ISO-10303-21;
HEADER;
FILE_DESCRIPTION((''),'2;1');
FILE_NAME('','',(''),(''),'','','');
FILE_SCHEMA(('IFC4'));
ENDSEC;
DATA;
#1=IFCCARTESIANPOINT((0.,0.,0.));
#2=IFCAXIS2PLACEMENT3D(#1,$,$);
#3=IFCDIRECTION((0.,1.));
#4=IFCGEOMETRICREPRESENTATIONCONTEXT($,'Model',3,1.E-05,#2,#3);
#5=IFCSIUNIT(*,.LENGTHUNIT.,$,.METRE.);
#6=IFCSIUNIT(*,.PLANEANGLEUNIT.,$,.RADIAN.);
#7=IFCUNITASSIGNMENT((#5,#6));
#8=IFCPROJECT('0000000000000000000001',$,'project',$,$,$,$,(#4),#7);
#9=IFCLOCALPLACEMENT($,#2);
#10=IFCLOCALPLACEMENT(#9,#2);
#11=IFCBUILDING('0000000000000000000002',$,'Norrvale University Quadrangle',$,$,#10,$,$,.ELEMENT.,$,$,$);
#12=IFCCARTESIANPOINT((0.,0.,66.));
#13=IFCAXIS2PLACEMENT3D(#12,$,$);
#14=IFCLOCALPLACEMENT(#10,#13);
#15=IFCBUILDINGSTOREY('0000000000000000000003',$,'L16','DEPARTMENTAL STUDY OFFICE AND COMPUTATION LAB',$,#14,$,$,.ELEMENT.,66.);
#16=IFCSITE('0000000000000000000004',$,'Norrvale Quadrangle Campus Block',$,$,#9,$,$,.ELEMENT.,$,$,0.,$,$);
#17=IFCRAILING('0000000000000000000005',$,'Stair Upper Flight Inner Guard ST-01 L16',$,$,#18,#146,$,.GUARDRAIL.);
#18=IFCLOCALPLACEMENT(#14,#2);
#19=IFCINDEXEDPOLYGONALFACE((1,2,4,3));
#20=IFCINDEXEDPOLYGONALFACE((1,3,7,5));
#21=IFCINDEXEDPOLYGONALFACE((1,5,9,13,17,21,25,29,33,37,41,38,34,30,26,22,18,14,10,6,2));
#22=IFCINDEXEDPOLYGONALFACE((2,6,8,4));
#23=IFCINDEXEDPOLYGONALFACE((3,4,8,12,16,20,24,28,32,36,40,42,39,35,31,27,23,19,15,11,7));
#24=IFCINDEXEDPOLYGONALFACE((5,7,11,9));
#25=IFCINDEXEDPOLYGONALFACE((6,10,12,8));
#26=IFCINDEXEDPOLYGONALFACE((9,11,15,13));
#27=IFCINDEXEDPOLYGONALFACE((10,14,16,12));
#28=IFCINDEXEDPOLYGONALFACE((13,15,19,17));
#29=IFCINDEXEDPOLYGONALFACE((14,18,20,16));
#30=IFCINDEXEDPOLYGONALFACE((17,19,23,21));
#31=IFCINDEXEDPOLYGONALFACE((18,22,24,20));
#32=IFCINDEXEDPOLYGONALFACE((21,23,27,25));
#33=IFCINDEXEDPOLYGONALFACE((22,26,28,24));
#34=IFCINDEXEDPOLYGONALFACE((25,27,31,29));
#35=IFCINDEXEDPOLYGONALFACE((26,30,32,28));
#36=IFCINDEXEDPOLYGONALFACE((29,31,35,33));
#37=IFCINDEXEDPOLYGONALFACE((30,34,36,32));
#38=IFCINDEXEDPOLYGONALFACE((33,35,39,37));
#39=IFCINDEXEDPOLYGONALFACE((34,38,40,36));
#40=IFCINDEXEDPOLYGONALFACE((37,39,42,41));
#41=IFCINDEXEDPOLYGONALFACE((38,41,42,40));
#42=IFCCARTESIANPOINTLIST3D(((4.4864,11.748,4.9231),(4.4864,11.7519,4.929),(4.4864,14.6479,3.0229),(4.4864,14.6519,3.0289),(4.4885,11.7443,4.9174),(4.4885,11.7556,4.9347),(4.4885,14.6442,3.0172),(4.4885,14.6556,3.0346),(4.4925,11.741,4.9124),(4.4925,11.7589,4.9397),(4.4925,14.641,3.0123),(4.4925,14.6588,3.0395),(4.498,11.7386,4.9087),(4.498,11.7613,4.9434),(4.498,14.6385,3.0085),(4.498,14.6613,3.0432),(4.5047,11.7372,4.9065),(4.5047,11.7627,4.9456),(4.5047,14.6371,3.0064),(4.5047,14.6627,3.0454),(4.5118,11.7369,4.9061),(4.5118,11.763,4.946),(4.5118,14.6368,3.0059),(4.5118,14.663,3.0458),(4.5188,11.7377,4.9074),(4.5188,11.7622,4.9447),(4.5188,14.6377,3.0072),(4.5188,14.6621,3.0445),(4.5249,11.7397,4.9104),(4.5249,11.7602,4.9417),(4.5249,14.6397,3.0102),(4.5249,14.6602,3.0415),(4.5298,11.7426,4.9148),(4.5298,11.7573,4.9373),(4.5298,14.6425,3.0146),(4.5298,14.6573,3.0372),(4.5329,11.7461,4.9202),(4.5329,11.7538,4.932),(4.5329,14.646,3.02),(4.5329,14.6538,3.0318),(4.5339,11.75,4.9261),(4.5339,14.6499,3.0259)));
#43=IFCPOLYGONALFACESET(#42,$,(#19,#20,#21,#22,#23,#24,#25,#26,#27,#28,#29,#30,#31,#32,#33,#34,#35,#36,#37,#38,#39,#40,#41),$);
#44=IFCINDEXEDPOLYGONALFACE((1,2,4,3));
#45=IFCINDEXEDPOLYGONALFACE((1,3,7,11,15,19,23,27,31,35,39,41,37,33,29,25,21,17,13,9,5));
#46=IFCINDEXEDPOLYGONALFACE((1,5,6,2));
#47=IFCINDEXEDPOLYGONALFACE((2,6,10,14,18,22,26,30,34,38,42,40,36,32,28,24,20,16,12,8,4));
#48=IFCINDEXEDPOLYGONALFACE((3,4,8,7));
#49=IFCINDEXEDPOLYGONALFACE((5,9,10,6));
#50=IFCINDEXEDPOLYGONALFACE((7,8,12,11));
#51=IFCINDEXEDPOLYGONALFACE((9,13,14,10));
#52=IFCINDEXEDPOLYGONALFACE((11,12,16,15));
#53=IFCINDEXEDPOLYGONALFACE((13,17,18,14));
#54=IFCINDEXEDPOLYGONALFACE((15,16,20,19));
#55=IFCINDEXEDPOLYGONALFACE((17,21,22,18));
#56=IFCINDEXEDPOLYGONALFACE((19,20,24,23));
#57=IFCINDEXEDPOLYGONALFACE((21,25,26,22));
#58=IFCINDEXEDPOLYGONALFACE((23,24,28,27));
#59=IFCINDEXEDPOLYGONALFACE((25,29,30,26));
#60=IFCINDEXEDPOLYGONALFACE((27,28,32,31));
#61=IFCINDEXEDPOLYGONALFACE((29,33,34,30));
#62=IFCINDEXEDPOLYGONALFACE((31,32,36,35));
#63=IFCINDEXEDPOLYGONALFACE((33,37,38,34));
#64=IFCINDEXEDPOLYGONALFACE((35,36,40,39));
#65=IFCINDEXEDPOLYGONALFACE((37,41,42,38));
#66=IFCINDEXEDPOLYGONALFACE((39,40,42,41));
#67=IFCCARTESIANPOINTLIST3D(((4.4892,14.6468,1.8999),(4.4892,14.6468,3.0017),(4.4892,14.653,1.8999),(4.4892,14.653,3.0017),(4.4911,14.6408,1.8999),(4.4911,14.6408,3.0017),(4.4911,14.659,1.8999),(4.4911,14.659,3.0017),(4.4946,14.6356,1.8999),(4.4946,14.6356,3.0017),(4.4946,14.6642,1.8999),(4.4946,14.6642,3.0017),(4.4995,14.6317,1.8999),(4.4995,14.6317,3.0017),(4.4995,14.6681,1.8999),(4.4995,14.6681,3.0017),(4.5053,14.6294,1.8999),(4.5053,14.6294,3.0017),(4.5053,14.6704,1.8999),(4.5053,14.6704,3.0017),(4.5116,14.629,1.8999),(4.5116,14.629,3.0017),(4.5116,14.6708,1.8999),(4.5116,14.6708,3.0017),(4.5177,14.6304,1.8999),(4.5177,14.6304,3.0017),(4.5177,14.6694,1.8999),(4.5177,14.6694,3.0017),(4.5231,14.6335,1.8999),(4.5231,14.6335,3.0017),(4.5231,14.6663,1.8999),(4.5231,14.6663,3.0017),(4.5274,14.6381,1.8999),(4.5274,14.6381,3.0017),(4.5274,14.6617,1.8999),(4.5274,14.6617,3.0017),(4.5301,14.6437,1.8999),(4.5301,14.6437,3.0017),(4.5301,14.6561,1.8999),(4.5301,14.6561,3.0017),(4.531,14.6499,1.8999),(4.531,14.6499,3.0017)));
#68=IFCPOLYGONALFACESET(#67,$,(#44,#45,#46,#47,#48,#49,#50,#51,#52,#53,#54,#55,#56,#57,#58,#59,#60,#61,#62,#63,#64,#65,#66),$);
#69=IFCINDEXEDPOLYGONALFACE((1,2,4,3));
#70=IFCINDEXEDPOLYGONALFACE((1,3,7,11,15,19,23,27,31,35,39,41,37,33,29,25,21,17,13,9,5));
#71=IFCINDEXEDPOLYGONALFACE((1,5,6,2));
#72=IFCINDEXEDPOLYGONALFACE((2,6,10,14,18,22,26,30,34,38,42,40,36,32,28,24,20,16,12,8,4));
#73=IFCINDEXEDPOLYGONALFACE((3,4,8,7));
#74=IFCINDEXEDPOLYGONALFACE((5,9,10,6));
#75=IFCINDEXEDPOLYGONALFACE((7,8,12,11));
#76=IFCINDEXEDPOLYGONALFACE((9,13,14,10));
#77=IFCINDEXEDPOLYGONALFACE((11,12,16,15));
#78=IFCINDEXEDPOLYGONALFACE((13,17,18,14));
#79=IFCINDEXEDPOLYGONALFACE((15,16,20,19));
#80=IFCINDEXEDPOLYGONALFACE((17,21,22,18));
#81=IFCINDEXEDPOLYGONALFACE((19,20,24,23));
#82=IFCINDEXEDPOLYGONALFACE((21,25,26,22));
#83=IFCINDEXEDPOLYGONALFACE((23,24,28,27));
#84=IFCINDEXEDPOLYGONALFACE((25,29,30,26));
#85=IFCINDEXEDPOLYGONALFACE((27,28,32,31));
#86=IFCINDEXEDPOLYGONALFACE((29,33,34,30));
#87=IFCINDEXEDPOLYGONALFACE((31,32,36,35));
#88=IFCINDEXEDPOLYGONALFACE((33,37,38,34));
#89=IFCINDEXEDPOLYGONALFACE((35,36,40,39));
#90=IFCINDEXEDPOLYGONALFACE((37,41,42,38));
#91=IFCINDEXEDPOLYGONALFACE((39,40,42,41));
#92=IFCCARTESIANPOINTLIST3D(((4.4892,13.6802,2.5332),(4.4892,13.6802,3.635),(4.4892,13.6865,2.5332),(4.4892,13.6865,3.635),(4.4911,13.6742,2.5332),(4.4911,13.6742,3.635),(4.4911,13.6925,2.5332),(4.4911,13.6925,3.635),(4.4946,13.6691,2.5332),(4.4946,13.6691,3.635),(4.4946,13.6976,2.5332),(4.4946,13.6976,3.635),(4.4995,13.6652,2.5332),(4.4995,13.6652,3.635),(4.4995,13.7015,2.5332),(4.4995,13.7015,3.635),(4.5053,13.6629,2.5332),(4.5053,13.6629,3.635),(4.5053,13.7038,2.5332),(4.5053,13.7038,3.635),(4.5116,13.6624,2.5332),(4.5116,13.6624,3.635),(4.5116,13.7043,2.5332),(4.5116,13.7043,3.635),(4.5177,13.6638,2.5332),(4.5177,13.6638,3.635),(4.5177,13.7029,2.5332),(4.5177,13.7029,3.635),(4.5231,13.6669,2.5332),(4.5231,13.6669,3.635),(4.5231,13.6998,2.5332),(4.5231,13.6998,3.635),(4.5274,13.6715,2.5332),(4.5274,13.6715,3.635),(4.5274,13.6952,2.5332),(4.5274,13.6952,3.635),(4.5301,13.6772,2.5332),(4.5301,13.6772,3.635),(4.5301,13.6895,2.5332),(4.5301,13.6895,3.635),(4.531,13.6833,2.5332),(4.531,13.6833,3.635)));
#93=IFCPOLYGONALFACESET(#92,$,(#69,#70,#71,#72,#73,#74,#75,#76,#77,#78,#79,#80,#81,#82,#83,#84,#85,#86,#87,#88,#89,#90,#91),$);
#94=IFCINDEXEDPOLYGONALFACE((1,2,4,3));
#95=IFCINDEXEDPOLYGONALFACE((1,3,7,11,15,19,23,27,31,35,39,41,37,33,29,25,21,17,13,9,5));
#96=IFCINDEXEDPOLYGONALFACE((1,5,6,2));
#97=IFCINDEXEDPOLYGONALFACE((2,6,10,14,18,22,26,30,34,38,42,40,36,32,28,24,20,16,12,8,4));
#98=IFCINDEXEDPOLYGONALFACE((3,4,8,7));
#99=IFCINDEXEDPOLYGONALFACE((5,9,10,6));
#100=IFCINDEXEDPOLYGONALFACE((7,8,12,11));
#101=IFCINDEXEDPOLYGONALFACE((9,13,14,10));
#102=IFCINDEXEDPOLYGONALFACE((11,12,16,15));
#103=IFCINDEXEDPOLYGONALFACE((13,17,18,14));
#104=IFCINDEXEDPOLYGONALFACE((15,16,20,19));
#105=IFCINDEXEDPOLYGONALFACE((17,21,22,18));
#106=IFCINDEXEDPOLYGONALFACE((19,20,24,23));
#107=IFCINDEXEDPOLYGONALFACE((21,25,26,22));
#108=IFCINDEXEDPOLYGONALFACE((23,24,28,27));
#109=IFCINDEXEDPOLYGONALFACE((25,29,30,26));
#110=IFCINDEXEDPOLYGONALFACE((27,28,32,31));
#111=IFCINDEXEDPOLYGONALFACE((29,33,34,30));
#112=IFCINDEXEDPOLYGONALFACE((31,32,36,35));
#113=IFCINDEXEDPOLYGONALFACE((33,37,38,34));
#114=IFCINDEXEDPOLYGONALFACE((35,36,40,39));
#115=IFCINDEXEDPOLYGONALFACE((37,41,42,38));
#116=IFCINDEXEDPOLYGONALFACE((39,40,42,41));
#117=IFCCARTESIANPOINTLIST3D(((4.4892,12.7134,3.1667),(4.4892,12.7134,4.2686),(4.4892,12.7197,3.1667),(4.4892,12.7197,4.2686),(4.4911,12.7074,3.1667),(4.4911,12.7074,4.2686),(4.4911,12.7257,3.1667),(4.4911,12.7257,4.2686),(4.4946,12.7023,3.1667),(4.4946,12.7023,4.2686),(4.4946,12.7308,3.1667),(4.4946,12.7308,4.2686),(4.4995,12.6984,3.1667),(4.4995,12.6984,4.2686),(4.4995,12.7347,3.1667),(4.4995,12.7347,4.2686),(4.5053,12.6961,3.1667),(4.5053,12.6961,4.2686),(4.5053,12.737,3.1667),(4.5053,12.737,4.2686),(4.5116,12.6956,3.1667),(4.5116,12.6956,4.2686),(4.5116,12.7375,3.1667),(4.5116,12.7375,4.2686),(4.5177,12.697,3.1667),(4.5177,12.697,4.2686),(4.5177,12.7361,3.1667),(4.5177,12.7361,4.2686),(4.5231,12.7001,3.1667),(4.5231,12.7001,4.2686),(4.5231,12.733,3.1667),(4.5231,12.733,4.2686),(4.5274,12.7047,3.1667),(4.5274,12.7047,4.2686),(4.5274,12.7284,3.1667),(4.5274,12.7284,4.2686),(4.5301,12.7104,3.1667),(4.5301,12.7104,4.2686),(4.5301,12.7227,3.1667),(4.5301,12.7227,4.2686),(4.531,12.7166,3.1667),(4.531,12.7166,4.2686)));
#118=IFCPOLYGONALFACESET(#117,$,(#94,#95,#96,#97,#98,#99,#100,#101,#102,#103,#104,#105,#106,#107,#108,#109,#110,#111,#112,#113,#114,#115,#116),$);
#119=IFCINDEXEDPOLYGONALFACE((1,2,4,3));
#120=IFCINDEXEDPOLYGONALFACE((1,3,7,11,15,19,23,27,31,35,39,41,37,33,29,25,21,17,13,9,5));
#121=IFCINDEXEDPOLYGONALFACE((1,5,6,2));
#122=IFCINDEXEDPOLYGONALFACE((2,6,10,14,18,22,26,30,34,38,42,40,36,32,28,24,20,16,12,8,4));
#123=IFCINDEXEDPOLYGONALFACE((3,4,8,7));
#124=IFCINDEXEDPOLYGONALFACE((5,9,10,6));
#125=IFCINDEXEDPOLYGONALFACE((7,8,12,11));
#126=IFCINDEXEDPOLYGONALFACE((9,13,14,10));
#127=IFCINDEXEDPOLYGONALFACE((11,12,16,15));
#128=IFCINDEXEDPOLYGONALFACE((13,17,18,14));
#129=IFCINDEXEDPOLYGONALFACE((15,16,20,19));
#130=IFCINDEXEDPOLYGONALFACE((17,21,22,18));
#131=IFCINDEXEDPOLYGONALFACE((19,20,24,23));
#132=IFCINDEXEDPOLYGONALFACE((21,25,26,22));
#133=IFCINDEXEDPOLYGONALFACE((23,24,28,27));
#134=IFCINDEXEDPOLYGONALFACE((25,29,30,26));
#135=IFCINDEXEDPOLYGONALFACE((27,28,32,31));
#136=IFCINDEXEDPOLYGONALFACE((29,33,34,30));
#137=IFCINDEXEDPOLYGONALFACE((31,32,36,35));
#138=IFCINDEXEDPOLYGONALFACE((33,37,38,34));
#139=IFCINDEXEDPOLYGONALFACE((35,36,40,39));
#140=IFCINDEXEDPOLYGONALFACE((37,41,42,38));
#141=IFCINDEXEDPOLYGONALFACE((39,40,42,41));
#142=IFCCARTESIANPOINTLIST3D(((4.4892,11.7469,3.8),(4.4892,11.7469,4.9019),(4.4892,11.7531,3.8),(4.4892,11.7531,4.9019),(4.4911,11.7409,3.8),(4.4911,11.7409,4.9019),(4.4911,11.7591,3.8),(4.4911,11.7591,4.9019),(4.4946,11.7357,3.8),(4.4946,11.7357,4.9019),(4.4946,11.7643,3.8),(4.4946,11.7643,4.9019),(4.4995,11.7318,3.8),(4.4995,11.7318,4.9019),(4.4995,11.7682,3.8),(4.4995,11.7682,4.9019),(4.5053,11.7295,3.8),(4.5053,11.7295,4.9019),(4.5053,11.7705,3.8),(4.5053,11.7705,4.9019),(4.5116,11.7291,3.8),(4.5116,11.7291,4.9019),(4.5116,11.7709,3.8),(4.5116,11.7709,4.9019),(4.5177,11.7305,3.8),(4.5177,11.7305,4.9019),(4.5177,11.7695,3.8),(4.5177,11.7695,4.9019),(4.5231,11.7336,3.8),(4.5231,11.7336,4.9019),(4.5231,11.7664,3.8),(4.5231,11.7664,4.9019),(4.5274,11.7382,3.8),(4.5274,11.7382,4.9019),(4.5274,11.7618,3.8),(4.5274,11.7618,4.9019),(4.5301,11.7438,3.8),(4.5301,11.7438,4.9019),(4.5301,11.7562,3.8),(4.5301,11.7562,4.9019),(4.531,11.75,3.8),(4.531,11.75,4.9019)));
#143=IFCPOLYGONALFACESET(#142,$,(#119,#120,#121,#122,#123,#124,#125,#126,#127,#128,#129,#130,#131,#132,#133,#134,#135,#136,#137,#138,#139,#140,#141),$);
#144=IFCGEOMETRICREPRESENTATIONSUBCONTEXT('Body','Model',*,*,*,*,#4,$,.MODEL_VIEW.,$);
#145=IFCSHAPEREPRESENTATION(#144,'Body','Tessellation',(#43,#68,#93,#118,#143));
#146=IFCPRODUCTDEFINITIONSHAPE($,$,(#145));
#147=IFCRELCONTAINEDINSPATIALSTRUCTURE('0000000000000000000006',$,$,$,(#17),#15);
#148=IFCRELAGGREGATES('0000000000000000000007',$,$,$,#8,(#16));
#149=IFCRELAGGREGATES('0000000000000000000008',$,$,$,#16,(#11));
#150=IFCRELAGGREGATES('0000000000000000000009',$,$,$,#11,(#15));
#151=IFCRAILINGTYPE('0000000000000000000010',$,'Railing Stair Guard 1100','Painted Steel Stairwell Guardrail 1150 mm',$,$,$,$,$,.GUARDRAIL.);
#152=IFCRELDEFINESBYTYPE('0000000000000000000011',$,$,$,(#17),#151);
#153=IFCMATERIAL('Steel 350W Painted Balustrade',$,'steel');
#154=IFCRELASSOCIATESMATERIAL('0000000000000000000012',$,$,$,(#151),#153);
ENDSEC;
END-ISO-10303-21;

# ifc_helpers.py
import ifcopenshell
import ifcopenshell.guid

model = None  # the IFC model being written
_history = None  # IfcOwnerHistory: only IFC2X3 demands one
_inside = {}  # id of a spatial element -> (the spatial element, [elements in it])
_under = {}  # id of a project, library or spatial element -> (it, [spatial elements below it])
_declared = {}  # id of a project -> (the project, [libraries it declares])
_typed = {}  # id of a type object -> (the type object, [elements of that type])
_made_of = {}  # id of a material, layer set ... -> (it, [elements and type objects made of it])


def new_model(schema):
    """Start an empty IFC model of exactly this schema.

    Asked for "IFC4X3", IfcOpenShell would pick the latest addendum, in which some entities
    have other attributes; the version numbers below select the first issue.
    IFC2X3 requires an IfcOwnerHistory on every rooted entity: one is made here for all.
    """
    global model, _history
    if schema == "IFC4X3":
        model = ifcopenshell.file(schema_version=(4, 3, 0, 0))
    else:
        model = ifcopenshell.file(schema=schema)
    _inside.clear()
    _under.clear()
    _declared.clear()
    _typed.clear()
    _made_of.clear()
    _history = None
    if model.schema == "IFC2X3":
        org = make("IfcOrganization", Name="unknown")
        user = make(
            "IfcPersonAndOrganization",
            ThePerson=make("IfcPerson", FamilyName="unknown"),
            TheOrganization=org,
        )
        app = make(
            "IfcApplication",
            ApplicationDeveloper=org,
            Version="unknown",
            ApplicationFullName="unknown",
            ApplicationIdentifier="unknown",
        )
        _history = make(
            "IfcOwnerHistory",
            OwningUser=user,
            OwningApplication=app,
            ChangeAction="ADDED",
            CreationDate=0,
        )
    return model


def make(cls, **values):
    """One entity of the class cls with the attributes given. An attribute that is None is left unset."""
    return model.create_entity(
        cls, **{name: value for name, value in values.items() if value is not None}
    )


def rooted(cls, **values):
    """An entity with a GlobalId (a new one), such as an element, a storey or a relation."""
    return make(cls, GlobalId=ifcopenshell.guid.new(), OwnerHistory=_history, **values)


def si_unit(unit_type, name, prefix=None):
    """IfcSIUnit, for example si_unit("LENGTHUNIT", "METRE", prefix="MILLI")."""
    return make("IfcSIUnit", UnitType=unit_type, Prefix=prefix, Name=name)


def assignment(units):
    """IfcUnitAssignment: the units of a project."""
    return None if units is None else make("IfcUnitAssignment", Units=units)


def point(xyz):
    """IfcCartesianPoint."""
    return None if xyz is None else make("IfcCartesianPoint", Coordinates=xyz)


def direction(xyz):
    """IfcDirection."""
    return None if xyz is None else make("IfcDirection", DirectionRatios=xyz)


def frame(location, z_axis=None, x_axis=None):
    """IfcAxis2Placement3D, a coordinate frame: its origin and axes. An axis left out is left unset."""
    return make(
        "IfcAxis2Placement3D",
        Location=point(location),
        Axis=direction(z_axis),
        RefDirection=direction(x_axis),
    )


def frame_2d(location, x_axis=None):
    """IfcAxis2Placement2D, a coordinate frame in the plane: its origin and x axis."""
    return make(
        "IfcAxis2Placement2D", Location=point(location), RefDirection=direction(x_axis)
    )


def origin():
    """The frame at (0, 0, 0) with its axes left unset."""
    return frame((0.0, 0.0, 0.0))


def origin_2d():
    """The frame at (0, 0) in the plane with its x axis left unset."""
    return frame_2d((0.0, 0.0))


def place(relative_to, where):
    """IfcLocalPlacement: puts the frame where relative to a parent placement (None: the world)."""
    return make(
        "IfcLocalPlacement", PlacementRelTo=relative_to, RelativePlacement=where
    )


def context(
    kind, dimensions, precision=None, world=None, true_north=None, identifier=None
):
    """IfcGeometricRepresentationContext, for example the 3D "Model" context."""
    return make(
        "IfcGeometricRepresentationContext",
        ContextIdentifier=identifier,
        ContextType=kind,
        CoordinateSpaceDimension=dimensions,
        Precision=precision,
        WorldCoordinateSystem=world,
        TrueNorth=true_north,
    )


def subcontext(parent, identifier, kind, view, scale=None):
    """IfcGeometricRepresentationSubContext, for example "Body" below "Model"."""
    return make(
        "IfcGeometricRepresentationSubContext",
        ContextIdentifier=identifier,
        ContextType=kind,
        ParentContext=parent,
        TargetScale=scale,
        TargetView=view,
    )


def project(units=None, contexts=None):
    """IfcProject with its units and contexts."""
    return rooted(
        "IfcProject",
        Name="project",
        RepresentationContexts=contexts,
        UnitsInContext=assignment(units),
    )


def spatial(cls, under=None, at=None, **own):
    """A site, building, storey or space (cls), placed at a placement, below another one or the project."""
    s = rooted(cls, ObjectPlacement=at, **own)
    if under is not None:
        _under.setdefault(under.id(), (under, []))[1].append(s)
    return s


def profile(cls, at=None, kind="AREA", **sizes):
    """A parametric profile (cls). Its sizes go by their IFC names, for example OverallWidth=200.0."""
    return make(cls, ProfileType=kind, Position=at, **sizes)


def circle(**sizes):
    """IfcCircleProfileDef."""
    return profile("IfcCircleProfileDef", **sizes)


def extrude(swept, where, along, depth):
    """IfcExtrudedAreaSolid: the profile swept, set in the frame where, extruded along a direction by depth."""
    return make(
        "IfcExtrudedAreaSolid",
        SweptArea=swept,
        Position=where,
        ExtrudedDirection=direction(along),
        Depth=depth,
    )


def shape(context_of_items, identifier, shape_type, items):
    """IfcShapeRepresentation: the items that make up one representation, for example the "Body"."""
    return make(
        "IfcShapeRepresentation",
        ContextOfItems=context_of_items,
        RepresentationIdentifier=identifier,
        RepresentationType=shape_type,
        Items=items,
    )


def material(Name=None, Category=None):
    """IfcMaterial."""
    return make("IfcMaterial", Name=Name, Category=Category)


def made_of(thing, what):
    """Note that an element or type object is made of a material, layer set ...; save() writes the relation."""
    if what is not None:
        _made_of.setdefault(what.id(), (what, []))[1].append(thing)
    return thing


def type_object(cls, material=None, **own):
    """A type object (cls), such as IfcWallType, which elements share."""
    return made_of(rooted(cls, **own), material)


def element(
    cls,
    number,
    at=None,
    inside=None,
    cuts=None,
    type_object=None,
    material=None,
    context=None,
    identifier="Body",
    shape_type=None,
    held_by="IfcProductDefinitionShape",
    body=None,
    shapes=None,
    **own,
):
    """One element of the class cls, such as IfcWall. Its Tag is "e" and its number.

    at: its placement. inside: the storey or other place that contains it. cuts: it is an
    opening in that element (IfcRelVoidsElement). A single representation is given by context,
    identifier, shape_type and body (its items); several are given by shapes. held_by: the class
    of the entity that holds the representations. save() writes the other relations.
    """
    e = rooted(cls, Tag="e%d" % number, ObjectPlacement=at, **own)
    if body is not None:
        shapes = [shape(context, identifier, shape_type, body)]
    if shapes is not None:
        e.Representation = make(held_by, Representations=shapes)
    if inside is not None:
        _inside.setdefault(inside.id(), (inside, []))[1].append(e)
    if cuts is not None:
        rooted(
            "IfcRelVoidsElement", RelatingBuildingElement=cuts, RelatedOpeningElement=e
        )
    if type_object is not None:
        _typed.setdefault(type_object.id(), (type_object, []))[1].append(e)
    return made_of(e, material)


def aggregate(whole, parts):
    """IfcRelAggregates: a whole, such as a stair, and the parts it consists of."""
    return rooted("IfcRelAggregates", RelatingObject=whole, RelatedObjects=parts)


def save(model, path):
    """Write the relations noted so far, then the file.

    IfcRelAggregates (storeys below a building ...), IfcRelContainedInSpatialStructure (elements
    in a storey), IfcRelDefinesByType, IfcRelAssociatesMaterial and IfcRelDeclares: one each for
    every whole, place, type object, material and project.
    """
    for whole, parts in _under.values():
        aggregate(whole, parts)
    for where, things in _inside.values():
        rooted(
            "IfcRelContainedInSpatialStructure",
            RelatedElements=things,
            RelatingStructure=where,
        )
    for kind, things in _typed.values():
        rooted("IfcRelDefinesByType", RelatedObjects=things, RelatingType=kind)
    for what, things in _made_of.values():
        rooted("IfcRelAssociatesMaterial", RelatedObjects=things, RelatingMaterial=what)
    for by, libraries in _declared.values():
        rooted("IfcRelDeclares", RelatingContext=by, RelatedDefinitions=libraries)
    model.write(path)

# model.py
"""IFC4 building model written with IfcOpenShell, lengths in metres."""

from ifc_helpers import new_model, si_unit, direction, frame, origin, origin_2d, place, context, subcontext, project, spatial, circle, extrude, material, type_object, element, save


model = new_model("IFC4")

# Units and contexts
model_context = context("Model", 3, precision=1e-05, world=origin(), true_north=direction((0.0, 1.0)))
body_context = subcontext(model_context, "Body", "Model", "MODEL_VIEW")
ifc_project = project(units=[si_unit("LENGTHUNIT", "METRE"), si_unit("PLANEANGLEUNIT", "RADIAN")], contexts=[model_context])

# Site, building, storey
site_placement = place(None, origin())
site = spatial("IfcSite", under=ifc_project, at=site_placement, Name="Norrvale Quadrangle Campus Block", CompositionType="ELEMENT", RefElevation=0.0)
building_placement = place(site_placement, origin())
building = spatial("IfcBuilding", under=site, at=building_placement, Name="Norrvale University Quadrangle", CompositionType="ELEMENT")
storey_placement = place(building_placement, frame((0.0, 0.0, 66.0)))
storey = spatial("IfcBuildingStorey", under=building, at=storey_placement, Name="L16", Description="DEPARTMENTAL STUDY OFFICE AND COMPUTATION LAB", CompositionType="ELEMENT", Elevation=66.0)

# Railing
ifc_material_1 = material(Name="Steel 350W Painted Balustrade", Category="steel")
railing_type_1 = type_object("IfcRailingType", Name="Railing Stair Guard 1100", Description="Painted Steel Stairwell Guardrail 1150 mm", PredefinedType="GUARDRAIL", material=ifc_material_1)
railing_1_placement = place(storey_placement, frame((4.51, 14.6499, 1.8999)))
element("IfcRailing", 1, at=railing_1_placement, inside=storey, type_object=railing_type_1, Name="Stair Upper Flight Inner Guard ST-01 L16", PredefinedType="GUARDRAIL", context=body_context, shape_type="SweptSolid", body=[
    extrude(circle(Radius=0.0239, at=origin_2d()), frame((0.0, 0.0, 1.126), z_axis=(0.0, -0.836433, 0.548069), x_axis=(1.0, 0.0, 0.0)), (0.0, 0.0, 1.0), 3.467),
    extrude(circle(Radius=0.021, at=origin_2d()), origin(), (0.0, 0.0, 1.0), 1.1018),
    extrude(circle(Radius=0.021, at=origin_2d()), frame((0.0, -0.9666, 0.6333)), (0.0, 0.0, 1.0), 1.1018),
    extrude(circle(Radius=0.021, at=origin_2d()), frame((0.0, -1.9333, 1.2668)), (0.0, 0.0, 1.0), 1.1018),
    extrude(circle(Radius=0.021, at=origin_2d()), frame((0.0, -2.8999, 1.9001)), (0.0, 0.0, 1.0), 1.1018),
])

save(model, "model.ifc")
